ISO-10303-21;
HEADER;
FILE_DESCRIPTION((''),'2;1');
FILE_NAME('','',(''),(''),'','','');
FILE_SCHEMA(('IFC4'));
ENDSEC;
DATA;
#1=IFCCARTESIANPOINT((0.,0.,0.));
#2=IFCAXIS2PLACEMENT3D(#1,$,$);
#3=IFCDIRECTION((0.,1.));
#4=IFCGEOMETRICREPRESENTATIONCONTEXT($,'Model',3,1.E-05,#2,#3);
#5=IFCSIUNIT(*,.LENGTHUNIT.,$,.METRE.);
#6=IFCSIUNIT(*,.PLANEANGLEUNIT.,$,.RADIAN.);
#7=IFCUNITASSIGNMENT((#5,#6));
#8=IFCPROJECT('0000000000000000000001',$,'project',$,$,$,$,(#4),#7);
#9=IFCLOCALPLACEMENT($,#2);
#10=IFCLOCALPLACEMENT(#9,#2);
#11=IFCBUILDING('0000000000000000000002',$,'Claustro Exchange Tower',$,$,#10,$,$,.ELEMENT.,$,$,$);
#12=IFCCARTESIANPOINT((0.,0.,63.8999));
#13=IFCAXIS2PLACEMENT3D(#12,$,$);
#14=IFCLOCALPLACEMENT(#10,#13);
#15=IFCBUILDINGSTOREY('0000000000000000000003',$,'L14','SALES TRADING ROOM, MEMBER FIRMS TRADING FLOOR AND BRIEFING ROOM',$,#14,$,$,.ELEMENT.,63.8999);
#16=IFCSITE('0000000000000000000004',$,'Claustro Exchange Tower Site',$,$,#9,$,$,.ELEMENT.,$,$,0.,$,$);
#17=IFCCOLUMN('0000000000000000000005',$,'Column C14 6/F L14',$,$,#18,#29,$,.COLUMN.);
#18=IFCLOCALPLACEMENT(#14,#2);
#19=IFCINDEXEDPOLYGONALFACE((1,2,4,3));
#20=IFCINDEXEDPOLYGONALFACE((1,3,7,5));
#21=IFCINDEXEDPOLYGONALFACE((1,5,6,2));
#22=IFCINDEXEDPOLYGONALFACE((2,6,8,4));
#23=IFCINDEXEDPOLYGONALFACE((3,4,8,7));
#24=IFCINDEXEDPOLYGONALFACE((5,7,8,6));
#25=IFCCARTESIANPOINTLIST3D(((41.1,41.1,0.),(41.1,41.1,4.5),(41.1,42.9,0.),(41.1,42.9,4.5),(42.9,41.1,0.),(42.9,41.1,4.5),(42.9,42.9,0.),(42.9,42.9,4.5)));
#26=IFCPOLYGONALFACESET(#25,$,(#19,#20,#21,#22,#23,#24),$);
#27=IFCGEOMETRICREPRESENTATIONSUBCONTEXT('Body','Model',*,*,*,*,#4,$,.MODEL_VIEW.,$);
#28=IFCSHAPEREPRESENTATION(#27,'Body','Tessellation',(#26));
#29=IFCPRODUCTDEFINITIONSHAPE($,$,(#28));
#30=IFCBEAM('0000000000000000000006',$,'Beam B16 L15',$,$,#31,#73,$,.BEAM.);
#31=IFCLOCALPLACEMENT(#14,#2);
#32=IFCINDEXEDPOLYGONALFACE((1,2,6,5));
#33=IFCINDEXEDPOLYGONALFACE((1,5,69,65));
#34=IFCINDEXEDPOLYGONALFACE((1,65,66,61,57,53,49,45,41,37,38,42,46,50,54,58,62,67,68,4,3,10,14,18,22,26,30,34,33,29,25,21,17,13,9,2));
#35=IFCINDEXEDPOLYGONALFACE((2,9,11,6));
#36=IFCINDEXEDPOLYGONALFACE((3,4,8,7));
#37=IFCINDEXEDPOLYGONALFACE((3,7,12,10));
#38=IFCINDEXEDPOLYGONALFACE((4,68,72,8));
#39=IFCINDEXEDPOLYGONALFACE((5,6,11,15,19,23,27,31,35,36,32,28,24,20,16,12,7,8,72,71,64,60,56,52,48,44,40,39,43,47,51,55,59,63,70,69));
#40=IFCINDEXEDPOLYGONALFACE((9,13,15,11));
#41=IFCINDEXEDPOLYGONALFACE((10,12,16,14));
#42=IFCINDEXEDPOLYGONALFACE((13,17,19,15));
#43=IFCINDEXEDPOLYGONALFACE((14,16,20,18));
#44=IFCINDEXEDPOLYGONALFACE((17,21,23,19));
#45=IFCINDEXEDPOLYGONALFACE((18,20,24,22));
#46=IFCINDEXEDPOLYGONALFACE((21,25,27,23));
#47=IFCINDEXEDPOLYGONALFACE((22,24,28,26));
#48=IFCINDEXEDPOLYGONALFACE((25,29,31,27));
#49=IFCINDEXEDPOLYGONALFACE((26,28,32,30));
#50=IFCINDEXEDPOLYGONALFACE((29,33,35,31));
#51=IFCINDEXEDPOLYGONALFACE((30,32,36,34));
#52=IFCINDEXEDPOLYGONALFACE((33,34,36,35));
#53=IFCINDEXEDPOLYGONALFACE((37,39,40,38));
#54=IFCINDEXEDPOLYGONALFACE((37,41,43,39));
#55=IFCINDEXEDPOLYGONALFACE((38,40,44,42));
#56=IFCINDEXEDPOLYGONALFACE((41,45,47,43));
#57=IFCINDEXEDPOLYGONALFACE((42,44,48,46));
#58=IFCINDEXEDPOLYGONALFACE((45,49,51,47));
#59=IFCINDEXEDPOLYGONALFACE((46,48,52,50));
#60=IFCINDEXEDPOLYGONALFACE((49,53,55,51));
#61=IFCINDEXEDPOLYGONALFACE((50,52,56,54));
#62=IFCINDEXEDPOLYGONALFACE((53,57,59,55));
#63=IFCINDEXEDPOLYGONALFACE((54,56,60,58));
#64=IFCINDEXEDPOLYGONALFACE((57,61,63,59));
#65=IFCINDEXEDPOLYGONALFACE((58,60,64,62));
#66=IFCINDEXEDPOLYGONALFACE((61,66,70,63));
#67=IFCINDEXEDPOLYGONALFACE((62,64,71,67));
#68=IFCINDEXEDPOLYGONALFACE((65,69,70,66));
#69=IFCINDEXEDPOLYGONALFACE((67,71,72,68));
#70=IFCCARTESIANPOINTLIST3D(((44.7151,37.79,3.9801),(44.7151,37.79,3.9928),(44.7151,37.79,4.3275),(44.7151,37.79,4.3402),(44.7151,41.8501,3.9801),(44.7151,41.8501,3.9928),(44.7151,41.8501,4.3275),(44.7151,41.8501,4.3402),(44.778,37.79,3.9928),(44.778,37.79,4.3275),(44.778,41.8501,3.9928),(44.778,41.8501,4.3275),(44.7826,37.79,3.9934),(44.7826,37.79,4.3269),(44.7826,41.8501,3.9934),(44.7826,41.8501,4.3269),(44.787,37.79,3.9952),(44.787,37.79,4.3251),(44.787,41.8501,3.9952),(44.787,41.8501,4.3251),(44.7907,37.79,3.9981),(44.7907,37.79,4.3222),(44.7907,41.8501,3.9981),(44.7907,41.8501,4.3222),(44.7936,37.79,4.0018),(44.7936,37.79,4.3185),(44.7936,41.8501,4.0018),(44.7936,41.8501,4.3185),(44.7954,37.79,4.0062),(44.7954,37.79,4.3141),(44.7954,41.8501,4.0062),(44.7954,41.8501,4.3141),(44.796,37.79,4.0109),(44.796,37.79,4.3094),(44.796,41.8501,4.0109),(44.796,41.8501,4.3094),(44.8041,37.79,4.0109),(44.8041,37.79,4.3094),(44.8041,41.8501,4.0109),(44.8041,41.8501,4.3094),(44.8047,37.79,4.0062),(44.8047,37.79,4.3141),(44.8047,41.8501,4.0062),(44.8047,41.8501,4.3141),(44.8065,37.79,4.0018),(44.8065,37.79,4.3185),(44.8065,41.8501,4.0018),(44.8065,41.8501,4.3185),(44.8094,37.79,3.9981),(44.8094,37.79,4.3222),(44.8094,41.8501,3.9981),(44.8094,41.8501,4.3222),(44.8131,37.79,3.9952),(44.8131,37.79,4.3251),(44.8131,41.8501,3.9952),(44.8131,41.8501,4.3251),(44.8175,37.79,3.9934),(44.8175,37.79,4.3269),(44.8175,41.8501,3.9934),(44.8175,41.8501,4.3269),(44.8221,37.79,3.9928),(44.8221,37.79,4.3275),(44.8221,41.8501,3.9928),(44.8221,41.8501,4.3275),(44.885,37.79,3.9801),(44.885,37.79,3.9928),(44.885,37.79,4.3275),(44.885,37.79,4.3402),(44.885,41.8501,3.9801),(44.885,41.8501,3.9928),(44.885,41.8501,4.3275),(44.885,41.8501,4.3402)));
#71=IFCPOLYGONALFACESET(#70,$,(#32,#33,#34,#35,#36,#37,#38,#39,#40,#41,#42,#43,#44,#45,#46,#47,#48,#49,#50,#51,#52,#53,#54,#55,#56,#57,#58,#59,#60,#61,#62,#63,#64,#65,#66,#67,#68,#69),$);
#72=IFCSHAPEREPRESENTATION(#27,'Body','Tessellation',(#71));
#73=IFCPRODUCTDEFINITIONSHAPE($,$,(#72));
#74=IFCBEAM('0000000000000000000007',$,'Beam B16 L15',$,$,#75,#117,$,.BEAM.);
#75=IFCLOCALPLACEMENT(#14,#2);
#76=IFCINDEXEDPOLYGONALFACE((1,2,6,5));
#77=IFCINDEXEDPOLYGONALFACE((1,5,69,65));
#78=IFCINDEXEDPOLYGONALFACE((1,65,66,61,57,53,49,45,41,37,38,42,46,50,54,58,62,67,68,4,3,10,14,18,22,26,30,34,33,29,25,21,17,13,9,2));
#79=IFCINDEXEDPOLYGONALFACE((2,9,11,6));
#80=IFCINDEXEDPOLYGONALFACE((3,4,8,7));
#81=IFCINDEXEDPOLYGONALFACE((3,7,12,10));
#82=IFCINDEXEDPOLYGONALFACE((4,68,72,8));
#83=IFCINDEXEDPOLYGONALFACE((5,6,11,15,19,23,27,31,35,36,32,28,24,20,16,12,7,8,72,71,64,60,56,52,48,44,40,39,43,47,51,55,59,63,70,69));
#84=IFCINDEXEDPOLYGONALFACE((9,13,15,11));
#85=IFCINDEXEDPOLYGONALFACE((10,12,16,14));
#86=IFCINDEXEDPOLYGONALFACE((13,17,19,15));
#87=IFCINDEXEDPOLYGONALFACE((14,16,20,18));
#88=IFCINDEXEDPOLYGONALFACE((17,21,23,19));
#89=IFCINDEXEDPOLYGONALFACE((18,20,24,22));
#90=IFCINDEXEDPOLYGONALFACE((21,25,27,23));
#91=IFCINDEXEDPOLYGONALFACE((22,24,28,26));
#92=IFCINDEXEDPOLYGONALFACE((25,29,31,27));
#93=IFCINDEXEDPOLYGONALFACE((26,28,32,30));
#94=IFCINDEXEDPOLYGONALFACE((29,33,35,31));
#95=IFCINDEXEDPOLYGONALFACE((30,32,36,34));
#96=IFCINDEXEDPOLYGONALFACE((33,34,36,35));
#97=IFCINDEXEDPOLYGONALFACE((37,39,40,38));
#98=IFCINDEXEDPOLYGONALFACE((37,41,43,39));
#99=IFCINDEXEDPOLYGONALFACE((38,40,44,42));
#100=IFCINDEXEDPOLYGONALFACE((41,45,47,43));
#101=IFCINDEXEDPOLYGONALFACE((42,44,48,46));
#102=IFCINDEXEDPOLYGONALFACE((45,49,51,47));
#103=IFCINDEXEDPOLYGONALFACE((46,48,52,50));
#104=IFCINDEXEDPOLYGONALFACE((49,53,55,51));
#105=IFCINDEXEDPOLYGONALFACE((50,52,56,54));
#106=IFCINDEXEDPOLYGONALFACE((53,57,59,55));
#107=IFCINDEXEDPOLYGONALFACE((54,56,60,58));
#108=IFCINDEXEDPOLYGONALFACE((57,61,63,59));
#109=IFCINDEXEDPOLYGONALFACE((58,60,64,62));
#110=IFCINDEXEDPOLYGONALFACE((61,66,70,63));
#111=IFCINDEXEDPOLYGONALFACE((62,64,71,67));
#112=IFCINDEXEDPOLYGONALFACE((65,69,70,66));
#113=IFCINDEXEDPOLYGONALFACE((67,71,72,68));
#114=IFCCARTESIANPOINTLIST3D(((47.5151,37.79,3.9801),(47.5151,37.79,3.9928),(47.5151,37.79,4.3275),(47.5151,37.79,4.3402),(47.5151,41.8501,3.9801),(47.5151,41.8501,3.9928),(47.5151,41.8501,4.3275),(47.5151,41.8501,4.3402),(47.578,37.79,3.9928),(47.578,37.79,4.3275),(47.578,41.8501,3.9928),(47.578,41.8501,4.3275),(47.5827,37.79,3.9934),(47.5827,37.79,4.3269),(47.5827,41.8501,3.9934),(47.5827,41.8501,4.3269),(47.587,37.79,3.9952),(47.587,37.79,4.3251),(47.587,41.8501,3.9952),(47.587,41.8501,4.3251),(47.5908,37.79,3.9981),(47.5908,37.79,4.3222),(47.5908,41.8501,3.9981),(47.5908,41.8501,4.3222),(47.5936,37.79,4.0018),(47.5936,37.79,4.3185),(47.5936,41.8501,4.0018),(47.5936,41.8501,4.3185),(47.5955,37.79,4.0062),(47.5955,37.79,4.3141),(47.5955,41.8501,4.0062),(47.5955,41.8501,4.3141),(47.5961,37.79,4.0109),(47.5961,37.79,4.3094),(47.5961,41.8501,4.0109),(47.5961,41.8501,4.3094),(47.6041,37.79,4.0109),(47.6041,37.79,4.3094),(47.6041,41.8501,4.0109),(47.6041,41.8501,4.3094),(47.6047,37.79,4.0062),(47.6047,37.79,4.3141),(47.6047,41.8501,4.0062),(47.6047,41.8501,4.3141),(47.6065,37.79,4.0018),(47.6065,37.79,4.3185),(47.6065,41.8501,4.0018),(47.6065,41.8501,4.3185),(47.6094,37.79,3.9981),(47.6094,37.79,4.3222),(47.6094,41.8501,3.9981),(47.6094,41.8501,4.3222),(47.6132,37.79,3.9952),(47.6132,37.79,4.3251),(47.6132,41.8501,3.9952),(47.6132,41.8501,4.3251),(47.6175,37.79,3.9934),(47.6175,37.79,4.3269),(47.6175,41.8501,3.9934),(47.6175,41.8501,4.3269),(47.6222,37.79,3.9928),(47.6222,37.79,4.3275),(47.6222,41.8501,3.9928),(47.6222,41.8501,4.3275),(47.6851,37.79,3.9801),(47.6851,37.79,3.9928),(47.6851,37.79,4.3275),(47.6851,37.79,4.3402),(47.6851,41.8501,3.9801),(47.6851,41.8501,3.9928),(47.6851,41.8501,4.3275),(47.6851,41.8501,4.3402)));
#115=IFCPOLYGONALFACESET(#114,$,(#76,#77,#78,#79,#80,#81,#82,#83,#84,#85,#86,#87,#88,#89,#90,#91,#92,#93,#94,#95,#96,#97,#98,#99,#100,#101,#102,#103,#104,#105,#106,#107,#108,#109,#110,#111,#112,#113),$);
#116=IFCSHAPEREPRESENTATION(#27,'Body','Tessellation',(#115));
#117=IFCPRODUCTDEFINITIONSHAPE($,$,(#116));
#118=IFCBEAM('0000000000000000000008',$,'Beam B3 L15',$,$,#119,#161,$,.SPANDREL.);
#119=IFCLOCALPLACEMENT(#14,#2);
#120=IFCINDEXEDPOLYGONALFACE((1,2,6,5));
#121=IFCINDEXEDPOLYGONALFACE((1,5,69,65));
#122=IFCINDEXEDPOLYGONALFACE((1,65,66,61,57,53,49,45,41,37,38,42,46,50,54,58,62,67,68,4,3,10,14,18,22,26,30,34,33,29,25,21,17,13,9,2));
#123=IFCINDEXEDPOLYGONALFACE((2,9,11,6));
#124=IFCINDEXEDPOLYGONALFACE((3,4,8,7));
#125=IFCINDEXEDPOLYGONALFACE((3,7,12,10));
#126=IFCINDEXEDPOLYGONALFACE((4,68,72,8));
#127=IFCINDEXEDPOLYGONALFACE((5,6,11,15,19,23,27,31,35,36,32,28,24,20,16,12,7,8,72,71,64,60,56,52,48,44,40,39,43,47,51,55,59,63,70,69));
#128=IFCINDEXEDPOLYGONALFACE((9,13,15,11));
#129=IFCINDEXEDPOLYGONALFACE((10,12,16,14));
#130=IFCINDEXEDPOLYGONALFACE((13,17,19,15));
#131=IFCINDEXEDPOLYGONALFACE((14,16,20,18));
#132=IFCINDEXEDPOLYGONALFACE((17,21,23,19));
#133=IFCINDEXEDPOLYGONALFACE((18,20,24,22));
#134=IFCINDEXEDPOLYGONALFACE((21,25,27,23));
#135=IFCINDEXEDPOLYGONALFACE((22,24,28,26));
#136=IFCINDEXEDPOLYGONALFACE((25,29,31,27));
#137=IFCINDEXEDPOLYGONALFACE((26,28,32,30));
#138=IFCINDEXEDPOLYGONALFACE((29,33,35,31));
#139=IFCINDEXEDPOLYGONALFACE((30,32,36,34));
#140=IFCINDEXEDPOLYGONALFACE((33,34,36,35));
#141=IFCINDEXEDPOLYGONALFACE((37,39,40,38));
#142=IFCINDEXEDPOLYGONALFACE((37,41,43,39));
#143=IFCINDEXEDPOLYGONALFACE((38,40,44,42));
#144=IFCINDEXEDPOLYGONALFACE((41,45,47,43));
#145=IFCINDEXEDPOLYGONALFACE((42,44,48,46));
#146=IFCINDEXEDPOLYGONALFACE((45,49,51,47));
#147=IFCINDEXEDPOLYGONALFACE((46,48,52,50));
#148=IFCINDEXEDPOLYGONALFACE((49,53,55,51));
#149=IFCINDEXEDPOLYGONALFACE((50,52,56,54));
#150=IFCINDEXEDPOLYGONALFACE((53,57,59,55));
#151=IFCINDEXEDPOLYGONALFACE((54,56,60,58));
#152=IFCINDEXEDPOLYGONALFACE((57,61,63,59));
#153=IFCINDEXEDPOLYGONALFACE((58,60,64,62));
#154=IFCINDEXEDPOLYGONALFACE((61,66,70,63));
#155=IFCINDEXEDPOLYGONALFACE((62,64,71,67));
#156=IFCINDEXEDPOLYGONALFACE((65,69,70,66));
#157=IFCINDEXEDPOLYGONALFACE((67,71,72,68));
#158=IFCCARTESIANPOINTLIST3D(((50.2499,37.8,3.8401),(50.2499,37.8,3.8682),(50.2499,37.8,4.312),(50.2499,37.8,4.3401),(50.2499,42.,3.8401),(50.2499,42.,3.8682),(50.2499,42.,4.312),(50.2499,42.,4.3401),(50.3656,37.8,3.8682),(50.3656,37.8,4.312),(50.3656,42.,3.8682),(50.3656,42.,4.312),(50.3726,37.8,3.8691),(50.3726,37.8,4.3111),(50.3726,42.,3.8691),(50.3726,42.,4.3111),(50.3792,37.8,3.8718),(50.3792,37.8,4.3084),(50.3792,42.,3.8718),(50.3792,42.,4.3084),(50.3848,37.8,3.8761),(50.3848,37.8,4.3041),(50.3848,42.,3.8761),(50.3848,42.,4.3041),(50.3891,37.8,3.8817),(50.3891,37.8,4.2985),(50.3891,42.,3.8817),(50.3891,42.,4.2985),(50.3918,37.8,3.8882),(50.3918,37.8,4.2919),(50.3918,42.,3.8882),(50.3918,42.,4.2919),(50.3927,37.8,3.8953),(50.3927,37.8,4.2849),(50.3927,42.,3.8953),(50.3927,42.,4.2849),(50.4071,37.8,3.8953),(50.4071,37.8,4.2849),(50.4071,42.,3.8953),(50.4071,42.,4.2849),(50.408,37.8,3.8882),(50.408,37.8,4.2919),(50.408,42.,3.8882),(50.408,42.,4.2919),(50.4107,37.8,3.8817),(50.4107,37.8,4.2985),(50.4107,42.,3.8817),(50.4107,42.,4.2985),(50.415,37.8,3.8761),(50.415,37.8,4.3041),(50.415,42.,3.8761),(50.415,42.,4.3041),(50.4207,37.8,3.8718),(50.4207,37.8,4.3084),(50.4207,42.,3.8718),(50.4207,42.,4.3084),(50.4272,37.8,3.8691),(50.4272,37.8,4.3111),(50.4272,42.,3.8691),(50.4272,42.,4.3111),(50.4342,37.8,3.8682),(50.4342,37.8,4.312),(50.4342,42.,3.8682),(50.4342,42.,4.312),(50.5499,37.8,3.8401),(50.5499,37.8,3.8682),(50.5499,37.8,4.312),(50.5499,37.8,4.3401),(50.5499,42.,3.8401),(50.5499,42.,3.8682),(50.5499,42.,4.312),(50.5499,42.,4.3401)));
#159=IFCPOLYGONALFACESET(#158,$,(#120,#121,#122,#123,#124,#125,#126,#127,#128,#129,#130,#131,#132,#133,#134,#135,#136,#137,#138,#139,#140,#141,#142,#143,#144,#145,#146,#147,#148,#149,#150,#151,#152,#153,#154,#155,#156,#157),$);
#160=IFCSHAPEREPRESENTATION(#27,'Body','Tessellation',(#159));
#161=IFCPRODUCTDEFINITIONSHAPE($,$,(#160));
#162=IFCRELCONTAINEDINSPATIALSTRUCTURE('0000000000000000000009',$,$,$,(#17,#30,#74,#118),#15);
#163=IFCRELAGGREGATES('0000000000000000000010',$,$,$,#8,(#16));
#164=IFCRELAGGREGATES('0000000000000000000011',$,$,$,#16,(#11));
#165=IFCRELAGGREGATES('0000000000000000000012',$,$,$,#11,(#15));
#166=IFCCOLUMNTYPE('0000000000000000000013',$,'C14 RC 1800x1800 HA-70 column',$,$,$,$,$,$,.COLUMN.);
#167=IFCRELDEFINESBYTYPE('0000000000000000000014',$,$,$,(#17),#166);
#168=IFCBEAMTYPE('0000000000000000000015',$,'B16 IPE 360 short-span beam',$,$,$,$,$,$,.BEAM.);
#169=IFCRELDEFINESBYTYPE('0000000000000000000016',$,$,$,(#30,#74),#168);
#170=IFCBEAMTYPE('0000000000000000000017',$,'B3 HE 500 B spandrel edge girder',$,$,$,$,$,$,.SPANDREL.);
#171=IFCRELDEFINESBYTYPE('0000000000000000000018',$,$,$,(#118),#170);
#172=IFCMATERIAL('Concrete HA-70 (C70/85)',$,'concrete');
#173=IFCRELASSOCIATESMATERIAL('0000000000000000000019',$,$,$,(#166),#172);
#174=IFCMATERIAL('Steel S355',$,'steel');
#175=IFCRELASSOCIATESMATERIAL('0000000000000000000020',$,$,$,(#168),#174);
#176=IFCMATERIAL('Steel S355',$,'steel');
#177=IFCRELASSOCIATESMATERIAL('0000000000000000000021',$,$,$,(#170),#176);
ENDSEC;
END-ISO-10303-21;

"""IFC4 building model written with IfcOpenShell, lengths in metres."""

from ifc_helpers import new_model, si_unit, direction, frame, origin, origin_2d, place, context, subcontext, project, spatial, rectangle, i_section, extrude, material, material_profile, profile_set, type_object, element, save


model = new_model("IFC4")

# Units and contexts
model_context = context("Model", 3, precision=1e-05, world=origin(), true_north=direction((0.0, 1.0)))
body_context = subcontext(model_context, "Body", "Model", "MODEL_VIEW")
ifc_project = project(units=[si_unit("LENGTHUNIT", "METRE"), si_unit("PLANEANGLEUNIT", "RADIAN")], contexts=[model_context])

# Site, building, storey
site_placement = place(None, origin())
site = spatial("IfcSite", under=ifc_project, at=site_placement, Name="Claustro Exchange Tower Site", CompositionType="ELEMENT", RefElevation=0.0)
building_placement = place(site_placement, origin())
building = spatial("IfcBuilding", under=site, at=building_placement, Name="Claustro Exchange Tower", CompositionType="ELEMENT")
storey_placement = place(building_placement, frame((0.0, 0.0, 63.8999)))
storey = spatial("IfcBuildingStorey", under=building, at=storey_placement, Name="L14", Description="SALES TRADING ROOM, MEMBER FIRMS TRADING FLOOR AND BRIEFING ROOM", CompositionType="ELEMENT", Elevation=63.8999)

# Column
ifc_material_1 = material(Name="Concrete HA-70 (C70/85)", Category="concrete")
ifc_material_profile_1 = material_profile(ifc_material_1, rectangle(XDim=1.8, YDim=1.8, at=origin_2d()), Name="RC 1800x1800")
ifc_profile_set_1 = profile_set([ifc_material_profile_1], Name="Concrete HA-70 (C70/85)")
column_type = type_object("IfcColumnType", Name="C14 RC 1800x1800 HA-70 column", PredefinedType="COLUMN", material=ifc_profile_set_1)
column_placement = place(storey_placement, frame((42.0, 42.0, 0.0), z_axis=(0.0, 0.0, 1.0), x_axis=(1.0, 0.0, 0.0)))
element("IfcColumn", 1, at=column_placement, inside=storey, type_object=column_type, Name="Column C14 6/F L14", PredefinedType="COLUMN", context=body_context, shape_type="SweptSolid", body=[
    extrude(rectangle(XDim=1.8, YDim=1.8, at=origin_2d()), origin(), (0.0, 0.0, 1.0), 4.5),
])

# Beams
ifc_material_2 = material(Name="Steel S355", Category="steel")
ifc_material_profile_2 = material_profile(ifc_material_2, i_section(OverallWidth=0.1699, OverallDepth=0.3601, WebThickness=0.0081, FlangeThickness=0.0127, FilletRadius=0.0181, at=origin_2d()), Name="IPE 360")
ifc_profile_set_2 = profile_set([ifc_material_profile_2], Name="Steel S355")
beam_type_1 = type_object("IfcBeamType", Name="B16 IPE 360 short-span beam", PredefinedType="BEAM", material=ifc_profile_set_2)
for number, where, z_axis, x_axis, name in (
    (2, (44.8, 37.79, 4.1602), (0.0, 1.0, 0.0), (-1.0, 0.0, 0.0), "Beam B16 L15"),
    (3, (47.6001, 37.79, 4.1602), (0.0, 1.0, 0.0), (-1.0, 0.0, 0.0), "Beam B16 L15"),
):
    element("IfcBeam", number, at=place(storey_placement, frame(where, z_axis=z_axis, x_axis=x_axis)), inside=storey, type_object=beam_type_1, Name=name, PredefinedType="BEAM", context=body_context, shape_type="SweptSolid", body=[
        extrude(i_section(OverallWidth=0.1699, OverallDepth=0.3601, WebThickness=0.0081, FlangeThickness=0.0127, FilletRadius=0.0181, at=origin_2d()), origin(), (0.0, 0.0, 1.0), 4.0601),
    ])
ifc_material_3 = material(Name="Steel S355", Category="steel")
ifc_material_profile_3 = material_profile(ifc_material_3, i_section(OverallWidth=0.3, OverallDepth=0.5, WebThickness=0.0144, FlangeThickness=0.0281, FilletRadius=0.0271, at=origin_2d()), Name="HE 500 B")
ifc_profile_set_3 = profile_set([ifc_material_profile_3], Name="Steel S355")
beam_type_2 = type_object("IfcBeamType", Name="B3 HE 500 B spandrel edge girder", PredefinedType="SPANDREL", material=ifc_profile_set_3)
beam_placement = place(storey_placement, frame((50.3999, 37.8, 4.0901), z_axis=(0.0, 1.0, 0.0), x_axis=(-1.0, 0.0, 0.0)))
element("IfcBeam", 4, at=beam_placement, inside=storey, type_object=beam_type_2, Name="Beam B3 L15", PredefinedType="SPANDREL", context=body_context, shape_type="SweptSolid", body=[
    extrude(i_section(OverallWidth=0.3, OverallDepth=0.5, WebThickness=0.0144, FlangeThickness=0.0281, FilletRadius=0.0271, at=origin_2d()), origin(), (0.0, 0.0, 1.0), 4.2),
])

save(model, "model.ifc")
